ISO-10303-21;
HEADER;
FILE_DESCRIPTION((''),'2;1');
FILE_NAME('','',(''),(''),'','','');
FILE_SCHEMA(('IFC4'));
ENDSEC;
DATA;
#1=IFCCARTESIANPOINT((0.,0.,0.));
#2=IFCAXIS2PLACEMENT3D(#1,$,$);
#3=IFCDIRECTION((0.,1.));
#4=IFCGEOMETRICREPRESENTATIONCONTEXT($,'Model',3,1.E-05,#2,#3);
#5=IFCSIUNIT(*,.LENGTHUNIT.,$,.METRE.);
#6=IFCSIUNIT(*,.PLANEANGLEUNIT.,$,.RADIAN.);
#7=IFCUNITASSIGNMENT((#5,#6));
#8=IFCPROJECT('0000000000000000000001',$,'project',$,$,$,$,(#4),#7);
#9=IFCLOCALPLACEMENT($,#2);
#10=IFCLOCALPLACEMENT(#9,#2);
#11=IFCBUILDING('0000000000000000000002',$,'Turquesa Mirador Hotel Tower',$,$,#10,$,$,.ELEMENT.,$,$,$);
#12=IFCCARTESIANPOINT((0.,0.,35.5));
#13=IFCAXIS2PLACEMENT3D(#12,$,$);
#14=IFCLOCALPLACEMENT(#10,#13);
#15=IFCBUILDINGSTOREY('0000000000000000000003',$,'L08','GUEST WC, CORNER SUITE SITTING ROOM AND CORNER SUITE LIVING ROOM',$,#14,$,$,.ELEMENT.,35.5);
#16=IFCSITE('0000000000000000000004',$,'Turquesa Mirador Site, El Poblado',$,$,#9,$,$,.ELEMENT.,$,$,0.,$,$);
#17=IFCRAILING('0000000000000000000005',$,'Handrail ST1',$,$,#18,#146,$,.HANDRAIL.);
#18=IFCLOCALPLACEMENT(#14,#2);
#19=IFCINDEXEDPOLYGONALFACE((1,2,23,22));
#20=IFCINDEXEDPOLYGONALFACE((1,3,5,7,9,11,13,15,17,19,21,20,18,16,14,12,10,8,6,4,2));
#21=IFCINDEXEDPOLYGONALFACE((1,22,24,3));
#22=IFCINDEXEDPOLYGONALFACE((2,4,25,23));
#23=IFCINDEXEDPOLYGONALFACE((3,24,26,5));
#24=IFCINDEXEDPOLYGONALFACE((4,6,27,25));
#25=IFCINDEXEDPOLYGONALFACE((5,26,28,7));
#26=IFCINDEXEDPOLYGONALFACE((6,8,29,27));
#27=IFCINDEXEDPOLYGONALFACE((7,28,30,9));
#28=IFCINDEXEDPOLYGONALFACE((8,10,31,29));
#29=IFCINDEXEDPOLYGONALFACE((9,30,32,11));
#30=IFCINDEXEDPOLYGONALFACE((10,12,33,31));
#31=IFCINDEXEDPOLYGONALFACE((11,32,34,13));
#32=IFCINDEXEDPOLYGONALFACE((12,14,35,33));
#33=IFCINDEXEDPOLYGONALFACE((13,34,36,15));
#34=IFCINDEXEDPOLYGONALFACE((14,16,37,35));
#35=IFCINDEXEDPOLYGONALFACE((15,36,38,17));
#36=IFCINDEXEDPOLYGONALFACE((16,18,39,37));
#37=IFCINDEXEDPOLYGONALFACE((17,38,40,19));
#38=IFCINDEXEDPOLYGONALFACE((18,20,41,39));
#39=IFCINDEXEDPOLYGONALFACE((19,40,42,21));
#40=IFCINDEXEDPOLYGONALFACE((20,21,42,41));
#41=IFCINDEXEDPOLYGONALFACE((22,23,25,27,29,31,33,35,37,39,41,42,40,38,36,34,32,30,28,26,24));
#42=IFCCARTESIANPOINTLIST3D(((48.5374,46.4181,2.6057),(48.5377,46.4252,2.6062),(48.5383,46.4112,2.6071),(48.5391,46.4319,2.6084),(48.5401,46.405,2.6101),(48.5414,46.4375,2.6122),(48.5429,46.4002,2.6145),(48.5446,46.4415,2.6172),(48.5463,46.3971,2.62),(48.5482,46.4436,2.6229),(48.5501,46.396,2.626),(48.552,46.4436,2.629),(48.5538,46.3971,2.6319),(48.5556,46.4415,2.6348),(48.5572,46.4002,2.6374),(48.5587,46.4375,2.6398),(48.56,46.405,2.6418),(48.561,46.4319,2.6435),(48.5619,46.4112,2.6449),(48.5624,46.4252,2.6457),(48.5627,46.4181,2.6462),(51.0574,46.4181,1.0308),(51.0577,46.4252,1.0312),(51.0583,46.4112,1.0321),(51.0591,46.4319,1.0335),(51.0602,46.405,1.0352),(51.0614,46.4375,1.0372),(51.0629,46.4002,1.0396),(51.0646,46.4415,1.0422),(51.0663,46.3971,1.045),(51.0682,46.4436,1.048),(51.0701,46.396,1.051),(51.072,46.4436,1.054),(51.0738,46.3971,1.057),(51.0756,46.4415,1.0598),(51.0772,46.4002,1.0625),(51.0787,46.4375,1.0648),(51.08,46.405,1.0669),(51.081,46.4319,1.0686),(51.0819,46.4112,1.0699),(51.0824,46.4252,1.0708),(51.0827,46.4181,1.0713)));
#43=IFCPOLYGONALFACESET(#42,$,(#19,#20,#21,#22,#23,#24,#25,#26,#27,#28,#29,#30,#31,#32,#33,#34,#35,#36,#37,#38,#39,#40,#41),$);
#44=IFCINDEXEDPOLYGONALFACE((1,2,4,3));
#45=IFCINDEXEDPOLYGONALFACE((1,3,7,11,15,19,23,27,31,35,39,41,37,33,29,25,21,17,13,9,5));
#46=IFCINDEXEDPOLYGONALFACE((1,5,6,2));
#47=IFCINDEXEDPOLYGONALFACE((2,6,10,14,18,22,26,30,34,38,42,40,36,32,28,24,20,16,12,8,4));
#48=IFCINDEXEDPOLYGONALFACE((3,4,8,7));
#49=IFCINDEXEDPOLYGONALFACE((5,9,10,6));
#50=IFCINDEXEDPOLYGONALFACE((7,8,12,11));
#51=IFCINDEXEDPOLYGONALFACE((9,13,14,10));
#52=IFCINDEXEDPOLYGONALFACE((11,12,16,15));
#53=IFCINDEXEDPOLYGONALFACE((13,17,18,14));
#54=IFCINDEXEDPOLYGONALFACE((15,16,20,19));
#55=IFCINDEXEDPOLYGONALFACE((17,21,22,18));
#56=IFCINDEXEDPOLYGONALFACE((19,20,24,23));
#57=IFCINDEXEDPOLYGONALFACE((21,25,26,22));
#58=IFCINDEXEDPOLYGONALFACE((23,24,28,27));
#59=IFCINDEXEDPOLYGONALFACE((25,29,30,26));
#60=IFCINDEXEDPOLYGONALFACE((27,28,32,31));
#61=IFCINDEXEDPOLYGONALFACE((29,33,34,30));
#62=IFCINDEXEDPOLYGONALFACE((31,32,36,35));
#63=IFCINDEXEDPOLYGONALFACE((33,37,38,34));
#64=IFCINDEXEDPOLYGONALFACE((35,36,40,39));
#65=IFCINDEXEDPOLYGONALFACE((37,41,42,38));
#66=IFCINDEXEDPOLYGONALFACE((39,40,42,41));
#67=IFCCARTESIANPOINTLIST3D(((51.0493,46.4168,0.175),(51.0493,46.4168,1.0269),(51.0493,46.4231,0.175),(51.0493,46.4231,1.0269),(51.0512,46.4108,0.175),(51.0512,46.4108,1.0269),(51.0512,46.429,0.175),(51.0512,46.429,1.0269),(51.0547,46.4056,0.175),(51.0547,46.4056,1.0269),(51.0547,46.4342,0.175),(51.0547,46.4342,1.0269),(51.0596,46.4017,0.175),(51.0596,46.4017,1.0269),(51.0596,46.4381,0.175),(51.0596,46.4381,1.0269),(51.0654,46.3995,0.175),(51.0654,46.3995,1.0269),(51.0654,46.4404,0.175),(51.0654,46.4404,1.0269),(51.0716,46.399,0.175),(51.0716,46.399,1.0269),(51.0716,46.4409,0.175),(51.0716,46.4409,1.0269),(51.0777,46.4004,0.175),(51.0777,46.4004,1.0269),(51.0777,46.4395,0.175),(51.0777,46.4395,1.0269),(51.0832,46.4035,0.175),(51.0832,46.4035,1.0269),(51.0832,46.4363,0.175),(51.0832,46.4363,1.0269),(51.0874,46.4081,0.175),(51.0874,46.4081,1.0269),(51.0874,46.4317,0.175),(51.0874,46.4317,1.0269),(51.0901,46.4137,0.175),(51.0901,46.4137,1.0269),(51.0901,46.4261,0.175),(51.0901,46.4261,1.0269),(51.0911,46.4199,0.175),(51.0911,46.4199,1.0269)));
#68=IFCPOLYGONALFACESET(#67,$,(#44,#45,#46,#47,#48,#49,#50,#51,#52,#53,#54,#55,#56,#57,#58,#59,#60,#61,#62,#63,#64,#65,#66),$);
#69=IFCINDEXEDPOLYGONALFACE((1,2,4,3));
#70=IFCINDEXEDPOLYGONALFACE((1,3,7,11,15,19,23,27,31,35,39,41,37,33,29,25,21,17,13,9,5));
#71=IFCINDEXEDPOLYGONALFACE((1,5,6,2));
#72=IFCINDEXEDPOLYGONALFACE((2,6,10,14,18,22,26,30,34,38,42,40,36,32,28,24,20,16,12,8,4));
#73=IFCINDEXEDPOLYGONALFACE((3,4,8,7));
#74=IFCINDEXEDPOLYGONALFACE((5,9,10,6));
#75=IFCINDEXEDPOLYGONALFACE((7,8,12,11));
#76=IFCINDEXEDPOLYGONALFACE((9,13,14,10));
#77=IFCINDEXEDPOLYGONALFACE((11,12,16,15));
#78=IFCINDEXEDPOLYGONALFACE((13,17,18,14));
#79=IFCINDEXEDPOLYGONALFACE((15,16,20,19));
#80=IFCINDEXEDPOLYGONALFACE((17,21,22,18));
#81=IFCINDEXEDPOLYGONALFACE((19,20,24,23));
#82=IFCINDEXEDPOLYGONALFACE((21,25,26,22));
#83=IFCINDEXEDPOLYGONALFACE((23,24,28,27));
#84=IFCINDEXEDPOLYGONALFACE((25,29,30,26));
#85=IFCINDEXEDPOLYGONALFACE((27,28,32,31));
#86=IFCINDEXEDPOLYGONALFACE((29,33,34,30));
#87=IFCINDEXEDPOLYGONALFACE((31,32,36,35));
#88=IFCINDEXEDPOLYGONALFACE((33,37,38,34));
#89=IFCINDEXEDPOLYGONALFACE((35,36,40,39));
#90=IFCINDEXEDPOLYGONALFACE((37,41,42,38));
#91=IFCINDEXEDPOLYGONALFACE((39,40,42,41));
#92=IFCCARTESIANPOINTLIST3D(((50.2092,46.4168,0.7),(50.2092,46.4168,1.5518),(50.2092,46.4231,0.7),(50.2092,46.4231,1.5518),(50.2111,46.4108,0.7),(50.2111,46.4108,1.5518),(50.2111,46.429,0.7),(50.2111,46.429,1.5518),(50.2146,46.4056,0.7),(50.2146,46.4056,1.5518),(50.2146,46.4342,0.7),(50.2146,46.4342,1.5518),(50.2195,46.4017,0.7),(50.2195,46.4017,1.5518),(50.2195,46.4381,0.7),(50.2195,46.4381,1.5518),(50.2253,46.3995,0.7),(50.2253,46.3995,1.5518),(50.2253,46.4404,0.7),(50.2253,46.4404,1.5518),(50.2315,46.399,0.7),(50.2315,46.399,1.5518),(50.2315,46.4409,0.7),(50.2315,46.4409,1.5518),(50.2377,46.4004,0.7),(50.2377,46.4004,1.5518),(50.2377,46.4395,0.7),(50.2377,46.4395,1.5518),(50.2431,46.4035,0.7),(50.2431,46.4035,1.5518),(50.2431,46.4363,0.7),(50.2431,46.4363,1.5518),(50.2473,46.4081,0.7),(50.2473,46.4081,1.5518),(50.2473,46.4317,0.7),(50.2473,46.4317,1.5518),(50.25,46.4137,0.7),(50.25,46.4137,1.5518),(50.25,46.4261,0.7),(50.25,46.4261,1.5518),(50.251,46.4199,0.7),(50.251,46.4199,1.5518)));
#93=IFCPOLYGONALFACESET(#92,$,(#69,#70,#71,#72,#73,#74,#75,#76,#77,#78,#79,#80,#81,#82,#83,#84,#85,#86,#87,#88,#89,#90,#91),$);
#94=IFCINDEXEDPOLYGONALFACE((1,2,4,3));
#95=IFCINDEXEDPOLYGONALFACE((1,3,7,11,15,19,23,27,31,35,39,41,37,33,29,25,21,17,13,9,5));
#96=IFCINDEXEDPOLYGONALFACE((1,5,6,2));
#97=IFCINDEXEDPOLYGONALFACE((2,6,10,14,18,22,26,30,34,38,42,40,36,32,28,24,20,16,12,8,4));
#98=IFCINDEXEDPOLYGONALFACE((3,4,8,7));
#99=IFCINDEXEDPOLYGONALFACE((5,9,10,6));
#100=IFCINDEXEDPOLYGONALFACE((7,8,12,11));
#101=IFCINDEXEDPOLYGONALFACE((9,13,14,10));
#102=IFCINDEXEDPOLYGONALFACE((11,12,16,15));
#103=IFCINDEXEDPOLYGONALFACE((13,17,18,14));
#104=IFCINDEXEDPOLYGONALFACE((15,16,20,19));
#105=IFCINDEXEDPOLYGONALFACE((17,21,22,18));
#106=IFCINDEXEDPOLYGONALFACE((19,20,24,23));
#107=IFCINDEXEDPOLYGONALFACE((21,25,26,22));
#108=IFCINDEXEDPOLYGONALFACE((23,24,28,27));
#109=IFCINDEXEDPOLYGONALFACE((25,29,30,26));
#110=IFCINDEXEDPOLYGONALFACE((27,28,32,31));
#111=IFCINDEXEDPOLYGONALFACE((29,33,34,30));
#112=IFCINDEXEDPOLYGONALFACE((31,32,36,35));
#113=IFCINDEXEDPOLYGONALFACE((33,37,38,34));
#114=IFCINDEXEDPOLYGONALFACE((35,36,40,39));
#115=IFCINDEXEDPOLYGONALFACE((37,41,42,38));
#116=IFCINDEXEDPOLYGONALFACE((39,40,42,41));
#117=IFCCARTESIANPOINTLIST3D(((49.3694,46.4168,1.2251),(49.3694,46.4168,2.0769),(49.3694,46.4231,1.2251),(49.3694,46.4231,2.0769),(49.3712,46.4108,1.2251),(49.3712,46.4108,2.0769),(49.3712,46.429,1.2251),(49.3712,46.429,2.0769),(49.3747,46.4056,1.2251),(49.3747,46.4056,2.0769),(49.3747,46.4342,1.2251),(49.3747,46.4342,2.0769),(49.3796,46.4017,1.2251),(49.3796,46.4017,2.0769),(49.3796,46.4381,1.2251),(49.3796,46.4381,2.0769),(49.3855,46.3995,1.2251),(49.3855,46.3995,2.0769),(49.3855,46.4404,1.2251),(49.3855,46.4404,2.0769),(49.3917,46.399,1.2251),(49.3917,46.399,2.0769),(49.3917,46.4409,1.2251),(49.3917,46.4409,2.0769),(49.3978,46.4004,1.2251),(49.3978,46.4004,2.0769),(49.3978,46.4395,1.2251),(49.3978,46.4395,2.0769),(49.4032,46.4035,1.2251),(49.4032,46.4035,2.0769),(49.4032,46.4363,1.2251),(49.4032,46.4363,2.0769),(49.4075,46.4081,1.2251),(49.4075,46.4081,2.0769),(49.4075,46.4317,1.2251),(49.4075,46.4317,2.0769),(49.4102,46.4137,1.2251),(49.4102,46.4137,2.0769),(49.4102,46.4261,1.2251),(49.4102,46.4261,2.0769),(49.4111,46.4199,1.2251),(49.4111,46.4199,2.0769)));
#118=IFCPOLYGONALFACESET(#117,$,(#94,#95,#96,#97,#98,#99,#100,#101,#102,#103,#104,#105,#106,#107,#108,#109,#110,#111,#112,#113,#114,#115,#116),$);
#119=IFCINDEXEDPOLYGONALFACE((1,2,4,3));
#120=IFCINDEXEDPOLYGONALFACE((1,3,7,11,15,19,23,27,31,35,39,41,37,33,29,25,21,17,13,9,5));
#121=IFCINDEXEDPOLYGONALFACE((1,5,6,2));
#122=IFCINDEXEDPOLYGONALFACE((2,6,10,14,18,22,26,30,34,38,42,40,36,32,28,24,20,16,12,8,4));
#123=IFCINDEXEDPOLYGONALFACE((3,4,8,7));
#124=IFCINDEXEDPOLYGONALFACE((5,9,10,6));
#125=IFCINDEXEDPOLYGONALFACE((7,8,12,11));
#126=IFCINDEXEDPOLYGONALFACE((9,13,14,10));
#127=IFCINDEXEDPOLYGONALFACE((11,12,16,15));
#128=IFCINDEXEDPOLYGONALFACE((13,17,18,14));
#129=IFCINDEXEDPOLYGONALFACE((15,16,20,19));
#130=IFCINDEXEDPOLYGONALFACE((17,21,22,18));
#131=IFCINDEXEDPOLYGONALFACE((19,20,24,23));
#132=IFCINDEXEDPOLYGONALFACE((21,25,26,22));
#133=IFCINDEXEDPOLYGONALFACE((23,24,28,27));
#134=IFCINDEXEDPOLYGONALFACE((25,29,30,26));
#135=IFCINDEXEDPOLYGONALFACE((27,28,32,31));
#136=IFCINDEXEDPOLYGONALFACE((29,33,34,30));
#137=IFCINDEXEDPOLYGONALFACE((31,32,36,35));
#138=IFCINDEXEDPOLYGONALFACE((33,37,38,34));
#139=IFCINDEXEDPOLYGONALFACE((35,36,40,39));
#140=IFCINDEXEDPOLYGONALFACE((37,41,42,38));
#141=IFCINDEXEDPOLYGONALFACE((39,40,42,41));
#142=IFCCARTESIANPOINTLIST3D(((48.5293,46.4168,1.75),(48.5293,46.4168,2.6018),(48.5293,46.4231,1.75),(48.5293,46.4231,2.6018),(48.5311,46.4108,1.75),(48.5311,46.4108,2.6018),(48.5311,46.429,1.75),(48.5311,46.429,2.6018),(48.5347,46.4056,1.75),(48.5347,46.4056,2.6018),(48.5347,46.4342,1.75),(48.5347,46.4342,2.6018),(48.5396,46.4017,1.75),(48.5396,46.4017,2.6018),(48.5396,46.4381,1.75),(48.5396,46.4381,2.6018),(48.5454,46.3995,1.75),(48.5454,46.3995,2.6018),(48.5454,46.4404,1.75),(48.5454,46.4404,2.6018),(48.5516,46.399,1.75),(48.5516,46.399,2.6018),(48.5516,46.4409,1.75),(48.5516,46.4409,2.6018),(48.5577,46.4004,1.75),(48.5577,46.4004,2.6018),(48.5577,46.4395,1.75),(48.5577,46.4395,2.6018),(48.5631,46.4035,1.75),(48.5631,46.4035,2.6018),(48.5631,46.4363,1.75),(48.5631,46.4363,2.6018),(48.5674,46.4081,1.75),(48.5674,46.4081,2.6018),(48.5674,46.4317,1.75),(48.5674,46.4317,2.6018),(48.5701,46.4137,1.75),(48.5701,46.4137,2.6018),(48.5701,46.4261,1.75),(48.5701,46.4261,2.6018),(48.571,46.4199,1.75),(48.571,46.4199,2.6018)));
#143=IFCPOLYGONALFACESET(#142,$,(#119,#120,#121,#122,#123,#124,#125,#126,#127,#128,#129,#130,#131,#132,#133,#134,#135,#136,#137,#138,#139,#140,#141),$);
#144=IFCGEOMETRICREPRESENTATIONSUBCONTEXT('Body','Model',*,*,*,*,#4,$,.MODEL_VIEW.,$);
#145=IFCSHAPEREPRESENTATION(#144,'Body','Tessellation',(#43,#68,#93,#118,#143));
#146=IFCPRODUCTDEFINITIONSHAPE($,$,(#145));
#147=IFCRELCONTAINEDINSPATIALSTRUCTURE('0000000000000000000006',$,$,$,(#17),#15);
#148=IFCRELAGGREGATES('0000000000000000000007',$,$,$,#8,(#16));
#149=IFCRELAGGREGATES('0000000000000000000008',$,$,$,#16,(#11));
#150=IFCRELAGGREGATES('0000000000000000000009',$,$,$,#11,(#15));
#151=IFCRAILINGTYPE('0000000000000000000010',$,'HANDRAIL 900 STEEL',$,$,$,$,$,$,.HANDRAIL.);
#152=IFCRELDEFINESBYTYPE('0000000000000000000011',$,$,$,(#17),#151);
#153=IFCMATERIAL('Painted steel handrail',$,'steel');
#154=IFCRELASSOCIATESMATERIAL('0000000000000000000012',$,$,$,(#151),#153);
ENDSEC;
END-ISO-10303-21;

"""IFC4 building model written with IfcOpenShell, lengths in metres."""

from ifc_helpers import new_model, si_unit, direction, frame, origin, origin_2d, place, context, subcontext, project, spatial, circle, extrude, material, type_object, element, save


model = new_model("IFC4")

# Units and contexts
model_context = context("Model", 3, precision=1e-05, world=origin(), true_north=direction((0.0, 1.0)))
body_context = subcontext(model_context, "Body", "Model", "MODEL_VIEW")
ifc_project = project(units=[si_unit("LENGTHUNIT", "METRE"), si_unit("PLANEANGLEUNIT", "RADIAN")], contexts=[model_context])

# Site, building, storey
site_placement = place(None, origin())
site = spatial("IfcSite", under=ifc_project, at=site_placement, Name="Turquesa Mirador Site, El Poblado", CompositionType="ELEMENT", RefElevation=0.0)
building_placement = place(site_placement, origin())
building = spatial("IfcBuilding", under=site, at=building_placement, Name="Turquesa Mirador Hotel Tower", CompositionType="ELEMENT")
storey_placement = place(building_placement, frame((0.0, 0.0, 35.5)))
storey = spatial("IfcBuildingStorey", under=building, at=storey_placement, Name="L08", Description="GUEST WC, CORNER SUITE SITTING ROOM AND CORNER SUITE LIVING ROOM", CompositionType="ELEMENT", Elevation=35.5)

# Railing
ifc_material_1 = material(Name="Painted steel handrail", Category="steel")
railing_type = type_object("IfcRailingType", Name="HANDRAIL 900 STEEL", PredefinedType="HANDRAIL", material=ifc_material_1)
railing_1_placement = place(storey_placement, frame((51.0701, 46.4199, 0.175)))
element("IfcRailing", 1, at=railing_1_placement, inside=storey, type_object=railing_type, Name="Handrail ST1", PredefinedType="HANDRAIL", context=body_context, shape_type="SweptSolid", body=[
    extrude(circle(Radius=0.0239, at=origin_2d()), frame((0.0, 0.0, 0.876), z_axis=(-0.848008, 0.0, 0.529984), x_axis=(0.0, -1.0, 0.0)), (0.0, 0.0, 1.0), 2.9717),
    extrude(circle(Radius=0.021, at=origin_2d()), origin(), (0.0, 0.0, 1.0), 0.8518),
    extrude(circle(Radius=0.021, at=origin_2d()), frame((-0.8401, 0.0, 0.5249)), (0.0, 0.0, 1.0), 0.8518),
    extrude(circle(Radius=0.021, at=origin_2d()), frame((-1.6799, 0.0, 1.05)), (0.0, 0.0, 1.0), 0.8518),
    extrude(circle(Radius=0.021, at=origin_2d()), frame((-2.52, 0.0, 1.575)), (0.0, 0.0, 1.0), 0.8518),
])

save(model, "model.ifc")
